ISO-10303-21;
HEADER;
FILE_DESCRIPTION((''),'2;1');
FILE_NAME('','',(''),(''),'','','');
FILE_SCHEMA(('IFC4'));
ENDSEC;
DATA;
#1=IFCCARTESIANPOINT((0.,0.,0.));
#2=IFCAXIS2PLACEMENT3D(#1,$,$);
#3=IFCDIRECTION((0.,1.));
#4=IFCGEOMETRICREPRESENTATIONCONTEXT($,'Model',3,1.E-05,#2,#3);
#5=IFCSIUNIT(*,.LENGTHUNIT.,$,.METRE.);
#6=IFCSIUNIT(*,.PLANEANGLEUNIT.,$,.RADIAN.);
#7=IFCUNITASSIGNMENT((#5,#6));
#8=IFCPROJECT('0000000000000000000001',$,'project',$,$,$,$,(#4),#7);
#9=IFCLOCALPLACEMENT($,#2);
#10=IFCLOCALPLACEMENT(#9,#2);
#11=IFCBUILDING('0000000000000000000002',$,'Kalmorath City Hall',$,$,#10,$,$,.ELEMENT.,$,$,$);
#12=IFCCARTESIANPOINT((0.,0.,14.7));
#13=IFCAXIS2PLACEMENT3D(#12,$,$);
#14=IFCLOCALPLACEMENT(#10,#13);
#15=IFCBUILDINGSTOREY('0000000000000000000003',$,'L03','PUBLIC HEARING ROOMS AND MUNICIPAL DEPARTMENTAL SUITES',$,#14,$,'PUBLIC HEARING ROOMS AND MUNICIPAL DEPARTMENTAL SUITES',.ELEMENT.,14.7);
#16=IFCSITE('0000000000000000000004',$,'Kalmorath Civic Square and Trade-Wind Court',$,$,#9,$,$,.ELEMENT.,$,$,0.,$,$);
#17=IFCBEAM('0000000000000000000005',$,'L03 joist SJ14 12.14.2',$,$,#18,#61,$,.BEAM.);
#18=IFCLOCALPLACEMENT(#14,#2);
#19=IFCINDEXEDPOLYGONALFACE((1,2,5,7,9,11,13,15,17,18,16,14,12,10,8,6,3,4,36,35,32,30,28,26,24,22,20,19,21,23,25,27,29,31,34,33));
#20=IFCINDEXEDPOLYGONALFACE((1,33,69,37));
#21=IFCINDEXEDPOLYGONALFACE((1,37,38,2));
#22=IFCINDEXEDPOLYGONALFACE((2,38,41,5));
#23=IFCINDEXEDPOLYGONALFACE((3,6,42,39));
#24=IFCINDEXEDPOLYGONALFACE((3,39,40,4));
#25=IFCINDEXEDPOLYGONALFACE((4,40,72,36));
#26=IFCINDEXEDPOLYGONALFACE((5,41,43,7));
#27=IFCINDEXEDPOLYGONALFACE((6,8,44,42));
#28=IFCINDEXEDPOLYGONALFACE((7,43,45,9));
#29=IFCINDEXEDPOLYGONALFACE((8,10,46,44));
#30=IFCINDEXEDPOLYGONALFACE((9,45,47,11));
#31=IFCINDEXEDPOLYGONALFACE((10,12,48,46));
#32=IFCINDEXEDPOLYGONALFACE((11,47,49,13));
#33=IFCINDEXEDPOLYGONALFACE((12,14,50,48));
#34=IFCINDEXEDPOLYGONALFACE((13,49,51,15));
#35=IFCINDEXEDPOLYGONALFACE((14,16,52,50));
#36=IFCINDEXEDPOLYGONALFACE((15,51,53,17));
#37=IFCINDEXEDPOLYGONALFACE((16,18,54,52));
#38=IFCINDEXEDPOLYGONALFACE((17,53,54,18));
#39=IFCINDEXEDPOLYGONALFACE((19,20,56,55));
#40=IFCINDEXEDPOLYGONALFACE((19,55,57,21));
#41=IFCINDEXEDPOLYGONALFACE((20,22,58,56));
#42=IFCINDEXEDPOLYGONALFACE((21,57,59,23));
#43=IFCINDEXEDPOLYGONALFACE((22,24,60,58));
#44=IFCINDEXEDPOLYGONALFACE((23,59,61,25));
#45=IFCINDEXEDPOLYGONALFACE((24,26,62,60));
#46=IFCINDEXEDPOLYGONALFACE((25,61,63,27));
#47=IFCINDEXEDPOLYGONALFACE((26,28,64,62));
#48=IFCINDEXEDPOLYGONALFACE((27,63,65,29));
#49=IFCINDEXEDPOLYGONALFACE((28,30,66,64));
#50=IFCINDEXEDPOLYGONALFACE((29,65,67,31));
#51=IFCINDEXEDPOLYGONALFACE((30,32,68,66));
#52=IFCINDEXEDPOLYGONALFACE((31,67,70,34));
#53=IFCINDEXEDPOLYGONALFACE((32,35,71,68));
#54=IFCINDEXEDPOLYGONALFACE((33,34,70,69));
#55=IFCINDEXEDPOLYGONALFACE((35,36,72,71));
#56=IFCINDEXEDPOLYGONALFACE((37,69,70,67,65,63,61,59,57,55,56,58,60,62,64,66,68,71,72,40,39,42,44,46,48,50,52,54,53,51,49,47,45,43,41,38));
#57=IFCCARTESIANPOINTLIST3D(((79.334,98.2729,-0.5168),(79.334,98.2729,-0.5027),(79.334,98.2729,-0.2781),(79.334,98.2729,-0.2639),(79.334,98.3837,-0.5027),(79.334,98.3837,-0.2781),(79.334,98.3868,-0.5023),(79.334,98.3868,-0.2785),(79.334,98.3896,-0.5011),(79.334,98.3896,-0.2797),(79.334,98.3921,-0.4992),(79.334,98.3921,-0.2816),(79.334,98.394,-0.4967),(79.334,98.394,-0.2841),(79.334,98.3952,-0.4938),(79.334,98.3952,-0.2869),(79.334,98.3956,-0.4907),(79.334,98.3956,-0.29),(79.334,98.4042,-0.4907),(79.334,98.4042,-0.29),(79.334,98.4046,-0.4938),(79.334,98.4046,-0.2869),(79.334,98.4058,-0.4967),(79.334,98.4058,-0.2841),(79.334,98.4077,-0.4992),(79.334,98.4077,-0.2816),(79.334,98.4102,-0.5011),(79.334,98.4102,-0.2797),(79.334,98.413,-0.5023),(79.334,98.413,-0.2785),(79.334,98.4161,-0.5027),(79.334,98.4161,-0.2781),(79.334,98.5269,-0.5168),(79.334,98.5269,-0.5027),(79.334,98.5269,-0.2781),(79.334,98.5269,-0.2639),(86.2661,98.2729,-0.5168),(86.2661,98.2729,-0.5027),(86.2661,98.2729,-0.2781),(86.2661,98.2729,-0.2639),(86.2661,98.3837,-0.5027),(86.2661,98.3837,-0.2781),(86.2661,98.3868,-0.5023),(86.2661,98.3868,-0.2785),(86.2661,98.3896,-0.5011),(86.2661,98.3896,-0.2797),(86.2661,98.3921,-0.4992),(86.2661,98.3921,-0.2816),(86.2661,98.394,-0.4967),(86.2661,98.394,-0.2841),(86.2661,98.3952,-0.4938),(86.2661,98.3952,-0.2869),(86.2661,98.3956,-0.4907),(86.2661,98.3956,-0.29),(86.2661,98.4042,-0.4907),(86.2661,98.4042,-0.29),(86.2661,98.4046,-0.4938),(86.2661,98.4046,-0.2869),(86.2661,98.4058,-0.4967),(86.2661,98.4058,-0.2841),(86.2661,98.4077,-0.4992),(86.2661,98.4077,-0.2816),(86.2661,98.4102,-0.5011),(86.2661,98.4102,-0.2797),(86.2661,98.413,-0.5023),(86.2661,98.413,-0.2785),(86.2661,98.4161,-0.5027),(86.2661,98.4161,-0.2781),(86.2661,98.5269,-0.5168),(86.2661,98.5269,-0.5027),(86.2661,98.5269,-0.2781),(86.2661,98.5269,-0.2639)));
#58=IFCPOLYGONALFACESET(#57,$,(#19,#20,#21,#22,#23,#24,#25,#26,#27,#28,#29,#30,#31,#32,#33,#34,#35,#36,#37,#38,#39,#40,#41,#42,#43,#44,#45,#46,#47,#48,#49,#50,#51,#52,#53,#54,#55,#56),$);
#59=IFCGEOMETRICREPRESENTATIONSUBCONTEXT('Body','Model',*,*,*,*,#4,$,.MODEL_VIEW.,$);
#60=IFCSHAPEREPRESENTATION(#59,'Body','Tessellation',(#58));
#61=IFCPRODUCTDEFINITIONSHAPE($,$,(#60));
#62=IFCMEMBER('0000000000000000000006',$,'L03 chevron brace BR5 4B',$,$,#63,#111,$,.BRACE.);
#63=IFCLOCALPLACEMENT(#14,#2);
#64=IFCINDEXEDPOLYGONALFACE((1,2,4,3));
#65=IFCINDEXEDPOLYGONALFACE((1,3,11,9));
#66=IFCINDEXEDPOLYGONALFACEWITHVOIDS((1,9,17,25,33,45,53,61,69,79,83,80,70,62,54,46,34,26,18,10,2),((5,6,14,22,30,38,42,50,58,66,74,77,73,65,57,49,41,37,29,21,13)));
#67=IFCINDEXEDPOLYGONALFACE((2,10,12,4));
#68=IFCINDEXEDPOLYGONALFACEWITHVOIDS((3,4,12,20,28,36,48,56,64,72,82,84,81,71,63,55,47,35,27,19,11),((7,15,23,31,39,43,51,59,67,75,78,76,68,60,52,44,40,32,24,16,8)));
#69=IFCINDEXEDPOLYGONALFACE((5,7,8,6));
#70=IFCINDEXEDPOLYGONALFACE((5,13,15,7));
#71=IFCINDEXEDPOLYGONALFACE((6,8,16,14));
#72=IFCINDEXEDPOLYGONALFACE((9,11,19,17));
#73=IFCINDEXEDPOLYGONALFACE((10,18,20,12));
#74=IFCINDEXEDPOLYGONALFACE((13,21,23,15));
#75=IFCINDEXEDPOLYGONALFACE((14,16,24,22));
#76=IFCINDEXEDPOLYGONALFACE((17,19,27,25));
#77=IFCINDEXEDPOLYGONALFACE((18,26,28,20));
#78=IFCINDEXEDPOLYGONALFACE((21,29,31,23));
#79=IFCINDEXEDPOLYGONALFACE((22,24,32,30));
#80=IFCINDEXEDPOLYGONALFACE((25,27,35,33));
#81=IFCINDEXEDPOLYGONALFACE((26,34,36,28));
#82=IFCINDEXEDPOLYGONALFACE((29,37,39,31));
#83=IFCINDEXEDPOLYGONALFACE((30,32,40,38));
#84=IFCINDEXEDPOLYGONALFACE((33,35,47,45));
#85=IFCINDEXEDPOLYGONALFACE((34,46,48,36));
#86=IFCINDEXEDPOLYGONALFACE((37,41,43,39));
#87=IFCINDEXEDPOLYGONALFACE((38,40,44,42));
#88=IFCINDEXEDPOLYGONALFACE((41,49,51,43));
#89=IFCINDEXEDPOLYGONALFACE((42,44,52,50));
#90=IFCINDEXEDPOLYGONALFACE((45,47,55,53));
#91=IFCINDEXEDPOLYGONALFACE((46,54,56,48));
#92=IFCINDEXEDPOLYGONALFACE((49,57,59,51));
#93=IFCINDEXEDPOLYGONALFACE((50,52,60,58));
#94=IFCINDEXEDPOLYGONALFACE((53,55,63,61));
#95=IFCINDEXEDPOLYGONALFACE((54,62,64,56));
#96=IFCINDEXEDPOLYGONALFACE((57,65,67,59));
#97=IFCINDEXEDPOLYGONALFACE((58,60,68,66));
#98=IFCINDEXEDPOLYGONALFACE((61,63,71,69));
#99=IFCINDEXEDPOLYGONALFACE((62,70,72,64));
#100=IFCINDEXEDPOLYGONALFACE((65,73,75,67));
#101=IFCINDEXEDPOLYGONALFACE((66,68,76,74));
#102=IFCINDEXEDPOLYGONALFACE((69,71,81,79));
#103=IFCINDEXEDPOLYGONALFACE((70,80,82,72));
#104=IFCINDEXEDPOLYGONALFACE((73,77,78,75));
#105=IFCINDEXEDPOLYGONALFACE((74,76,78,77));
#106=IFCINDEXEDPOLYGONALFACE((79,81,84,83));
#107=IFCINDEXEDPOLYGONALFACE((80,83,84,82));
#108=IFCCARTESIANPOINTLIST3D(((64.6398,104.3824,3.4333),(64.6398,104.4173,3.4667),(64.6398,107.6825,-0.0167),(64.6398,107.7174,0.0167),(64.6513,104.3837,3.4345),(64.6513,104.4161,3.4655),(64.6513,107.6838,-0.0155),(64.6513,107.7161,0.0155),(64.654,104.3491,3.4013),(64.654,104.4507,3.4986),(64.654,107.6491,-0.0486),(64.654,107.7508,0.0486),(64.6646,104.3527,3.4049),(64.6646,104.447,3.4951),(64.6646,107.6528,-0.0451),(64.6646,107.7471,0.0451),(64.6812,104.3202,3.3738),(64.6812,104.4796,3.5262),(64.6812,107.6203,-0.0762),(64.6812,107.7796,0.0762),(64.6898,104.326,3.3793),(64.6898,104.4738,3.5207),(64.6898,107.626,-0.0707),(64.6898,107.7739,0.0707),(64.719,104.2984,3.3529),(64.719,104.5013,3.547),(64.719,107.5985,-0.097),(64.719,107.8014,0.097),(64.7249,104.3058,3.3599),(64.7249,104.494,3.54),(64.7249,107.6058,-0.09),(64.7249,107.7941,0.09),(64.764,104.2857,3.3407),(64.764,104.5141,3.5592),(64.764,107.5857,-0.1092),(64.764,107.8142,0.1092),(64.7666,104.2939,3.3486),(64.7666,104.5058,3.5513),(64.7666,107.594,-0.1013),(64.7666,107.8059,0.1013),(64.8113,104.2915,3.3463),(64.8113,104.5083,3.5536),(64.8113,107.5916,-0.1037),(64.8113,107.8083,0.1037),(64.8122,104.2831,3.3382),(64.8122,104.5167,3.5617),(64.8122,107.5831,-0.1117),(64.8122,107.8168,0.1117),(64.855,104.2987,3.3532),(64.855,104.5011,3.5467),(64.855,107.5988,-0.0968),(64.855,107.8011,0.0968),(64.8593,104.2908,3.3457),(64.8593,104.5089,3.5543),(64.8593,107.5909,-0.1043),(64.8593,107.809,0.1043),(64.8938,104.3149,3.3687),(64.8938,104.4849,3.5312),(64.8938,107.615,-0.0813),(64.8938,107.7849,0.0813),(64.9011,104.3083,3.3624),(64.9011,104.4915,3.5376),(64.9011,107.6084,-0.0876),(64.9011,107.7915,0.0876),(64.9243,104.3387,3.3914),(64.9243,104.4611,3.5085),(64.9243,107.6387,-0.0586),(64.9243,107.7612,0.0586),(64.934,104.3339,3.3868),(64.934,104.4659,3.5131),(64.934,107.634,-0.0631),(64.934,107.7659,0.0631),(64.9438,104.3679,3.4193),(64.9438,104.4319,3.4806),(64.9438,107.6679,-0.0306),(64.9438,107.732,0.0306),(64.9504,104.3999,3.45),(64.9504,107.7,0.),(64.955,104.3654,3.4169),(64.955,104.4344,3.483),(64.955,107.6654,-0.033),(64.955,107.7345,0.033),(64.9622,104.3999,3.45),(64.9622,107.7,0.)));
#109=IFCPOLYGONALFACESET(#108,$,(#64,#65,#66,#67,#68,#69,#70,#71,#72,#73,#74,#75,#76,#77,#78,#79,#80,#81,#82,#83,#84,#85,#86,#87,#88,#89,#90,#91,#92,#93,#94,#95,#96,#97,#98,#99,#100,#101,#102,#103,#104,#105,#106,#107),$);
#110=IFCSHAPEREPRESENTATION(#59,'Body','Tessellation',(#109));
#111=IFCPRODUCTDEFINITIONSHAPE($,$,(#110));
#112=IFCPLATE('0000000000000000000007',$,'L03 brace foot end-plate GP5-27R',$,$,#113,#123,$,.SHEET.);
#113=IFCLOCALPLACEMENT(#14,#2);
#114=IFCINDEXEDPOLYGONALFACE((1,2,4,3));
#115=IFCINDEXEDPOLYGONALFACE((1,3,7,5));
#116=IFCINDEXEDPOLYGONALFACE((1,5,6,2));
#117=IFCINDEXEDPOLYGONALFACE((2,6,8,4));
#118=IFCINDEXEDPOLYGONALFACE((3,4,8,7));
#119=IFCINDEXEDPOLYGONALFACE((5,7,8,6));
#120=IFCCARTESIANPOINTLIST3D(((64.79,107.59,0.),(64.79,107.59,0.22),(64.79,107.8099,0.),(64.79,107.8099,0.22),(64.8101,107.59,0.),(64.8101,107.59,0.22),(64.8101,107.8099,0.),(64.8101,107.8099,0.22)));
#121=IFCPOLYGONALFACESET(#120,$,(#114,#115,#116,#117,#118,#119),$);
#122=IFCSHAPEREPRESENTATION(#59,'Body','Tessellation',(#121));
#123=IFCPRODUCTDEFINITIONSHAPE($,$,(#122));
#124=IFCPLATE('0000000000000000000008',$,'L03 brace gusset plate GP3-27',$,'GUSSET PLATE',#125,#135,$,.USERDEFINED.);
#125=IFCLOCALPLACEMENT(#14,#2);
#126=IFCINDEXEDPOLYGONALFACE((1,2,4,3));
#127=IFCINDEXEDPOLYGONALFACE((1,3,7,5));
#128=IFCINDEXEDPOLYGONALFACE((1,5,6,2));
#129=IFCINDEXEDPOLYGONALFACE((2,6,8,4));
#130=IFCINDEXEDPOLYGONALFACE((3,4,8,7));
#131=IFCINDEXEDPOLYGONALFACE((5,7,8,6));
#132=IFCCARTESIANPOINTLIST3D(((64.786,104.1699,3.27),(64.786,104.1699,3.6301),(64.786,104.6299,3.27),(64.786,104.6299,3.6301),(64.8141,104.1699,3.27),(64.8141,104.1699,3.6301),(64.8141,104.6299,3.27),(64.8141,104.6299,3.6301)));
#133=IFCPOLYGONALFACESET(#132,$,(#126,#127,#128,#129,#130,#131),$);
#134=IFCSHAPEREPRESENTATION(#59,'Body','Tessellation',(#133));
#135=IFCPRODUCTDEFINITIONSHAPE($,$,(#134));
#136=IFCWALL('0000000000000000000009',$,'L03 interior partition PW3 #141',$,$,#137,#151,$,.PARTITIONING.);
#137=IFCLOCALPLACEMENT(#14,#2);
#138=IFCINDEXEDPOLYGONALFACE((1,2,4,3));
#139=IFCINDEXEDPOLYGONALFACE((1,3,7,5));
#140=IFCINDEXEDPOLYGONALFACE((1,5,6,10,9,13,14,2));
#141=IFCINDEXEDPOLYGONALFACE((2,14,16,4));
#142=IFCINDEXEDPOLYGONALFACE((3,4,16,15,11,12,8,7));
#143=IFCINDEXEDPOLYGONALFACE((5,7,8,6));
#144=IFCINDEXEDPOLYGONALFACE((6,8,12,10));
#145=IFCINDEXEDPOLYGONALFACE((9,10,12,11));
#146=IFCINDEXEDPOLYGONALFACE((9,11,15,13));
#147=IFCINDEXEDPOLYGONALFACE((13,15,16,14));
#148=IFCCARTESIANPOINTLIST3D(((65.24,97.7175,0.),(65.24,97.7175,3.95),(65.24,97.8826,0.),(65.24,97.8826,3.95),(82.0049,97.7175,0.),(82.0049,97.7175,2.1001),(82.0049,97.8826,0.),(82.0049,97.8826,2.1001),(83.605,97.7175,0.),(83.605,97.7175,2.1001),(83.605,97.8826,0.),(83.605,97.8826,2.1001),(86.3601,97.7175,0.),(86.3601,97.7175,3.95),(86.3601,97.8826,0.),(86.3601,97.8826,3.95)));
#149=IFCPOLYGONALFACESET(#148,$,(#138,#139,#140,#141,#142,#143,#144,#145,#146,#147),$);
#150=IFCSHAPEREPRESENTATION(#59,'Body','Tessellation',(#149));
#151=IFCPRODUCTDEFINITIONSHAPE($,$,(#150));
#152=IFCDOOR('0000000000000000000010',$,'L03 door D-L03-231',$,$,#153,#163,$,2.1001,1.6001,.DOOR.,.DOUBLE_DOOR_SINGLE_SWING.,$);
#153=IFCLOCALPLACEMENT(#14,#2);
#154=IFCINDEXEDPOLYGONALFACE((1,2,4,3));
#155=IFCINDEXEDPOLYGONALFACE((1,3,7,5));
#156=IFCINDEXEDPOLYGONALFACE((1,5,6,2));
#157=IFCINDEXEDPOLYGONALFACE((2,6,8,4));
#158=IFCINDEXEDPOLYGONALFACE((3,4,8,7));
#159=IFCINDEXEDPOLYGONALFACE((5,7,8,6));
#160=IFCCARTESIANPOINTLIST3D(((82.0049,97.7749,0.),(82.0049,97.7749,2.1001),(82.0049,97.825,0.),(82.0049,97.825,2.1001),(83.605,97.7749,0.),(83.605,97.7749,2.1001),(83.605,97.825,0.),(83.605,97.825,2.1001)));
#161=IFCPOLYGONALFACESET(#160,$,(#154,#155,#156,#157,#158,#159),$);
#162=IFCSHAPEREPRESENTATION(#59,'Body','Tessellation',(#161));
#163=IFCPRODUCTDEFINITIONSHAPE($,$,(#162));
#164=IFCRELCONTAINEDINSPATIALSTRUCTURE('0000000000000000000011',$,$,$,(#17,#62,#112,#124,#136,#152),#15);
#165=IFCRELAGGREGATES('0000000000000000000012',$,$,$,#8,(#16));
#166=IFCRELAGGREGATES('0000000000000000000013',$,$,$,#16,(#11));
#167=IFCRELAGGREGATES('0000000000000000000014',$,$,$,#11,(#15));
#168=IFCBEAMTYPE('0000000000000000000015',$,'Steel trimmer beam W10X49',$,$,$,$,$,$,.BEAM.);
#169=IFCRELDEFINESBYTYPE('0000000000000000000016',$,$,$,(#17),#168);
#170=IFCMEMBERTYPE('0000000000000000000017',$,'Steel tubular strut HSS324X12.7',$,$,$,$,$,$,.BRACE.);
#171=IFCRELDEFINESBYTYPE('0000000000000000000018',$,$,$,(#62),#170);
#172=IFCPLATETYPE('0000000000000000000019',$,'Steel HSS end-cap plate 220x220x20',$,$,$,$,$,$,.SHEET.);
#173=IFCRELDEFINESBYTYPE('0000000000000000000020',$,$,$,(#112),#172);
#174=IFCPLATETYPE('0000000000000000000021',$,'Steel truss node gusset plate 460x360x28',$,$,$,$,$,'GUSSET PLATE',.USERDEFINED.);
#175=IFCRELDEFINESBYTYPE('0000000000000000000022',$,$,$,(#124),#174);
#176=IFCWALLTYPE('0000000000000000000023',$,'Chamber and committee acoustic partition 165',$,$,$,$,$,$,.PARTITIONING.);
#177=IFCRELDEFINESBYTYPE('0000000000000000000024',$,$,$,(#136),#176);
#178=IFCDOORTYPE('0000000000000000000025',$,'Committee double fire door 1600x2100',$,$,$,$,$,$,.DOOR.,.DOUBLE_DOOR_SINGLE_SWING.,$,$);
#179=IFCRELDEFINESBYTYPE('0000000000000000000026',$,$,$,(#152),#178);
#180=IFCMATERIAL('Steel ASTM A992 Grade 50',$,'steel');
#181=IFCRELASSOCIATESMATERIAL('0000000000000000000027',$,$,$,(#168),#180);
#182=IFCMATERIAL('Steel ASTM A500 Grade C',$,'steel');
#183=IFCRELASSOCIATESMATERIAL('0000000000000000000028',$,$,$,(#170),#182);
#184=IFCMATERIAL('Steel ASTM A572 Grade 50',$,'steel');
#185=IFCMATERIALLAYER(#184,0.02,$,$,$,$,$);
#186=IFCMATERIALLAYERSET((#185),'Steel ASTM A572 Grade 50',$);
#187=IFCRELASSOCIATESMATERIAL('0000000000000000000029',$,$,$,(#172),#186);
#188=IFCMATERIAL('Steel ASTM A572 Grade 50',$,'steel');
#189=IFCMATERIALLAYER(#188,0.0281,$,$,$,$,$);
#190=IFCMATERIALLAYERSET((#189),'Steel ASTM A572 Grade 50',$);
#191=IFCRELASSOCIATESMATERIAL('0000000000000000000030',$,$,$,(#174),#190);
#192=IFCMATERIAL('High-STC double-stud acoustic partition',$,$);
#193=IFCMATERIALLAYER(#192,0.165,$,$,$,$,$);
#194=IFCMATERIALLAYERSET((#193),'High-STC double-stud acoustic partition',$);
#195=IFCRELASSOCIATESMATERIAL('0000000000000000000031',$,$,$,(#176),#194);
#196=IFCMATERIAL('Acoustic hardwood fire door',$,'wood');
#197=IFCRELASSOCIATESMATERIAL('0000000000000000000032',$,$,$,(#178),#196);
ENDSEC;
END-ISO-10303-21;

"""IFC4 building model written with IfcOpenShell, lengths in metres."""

from ifc_helpers import new_model, si_unit, direction, frame, frame_2d, origin, origin_2d, place, context, subcontext, project, spatial, rectangle, hollow_circle, i_section, extrude, material, layer, layer_set, material_profile, profile_set, type_object, element, fill, save


model = new_model("IFC4")

# Units and contexts
model_context = context("Model", 3, precision=1e-05, world=origin(), true_north=direction((0.0, 1.0)))
body_context = subcontext(model_context, "Body", "Model", "MODEL_VIEW")
ifc_project = project(units=[si_unit("LENGTHUNIT", "METRE"), si_unit("PLANEANGLEUNIT", "RADIAN")], contexts=[model_context])

# Site, building, storey
site_placement = place(None, origin())
site = spatial("IfcSite", under=ifc_project, at=site_placement, Name="Kalmorath Civic Square and Trade-Wind Court", CompositionType="ELEMENT", RefElevation=0.0)
building_placement = place(site_placement, origin())
building = spatial("IfcBuilding", under=site, at=building_placement, Name="Kalmorath City Hall", CompositionType="ELEMENT")
storey_placement = place(building_placement, frame((0.0, 0.0, 14.7)))
storey = spatial("IfcBuildingStorey", under=building, at=storey_placement, Name="L03", Description="PUBLIC HEARING ROOMS AND MUNICIPAL DEPARTMENTAL SUITES", LongName="PUBLIC HEARING ROOMS AND MUNICIPAL DEPARTMENTAL SUITES", CompositionType="ELEMENT", Elevation=14.7)

# Beam
ifc_material_1 = material(Name="Steel ASTM A992 Grade 50", Category="steel")
ifc_material_profile_1 = material_profile(ifc_material_1, i_section(OverallWidth=0.2539, OverallDepth=0.2529, WebThickness=0.0085, FlangeThickness=0.0142, FilletRadius=0.012, at=origin_2d()), Name="W10X49")
ifc_profile_set_1 = profile_set([ifc_material_profile_1], Name="Steel ASTM A992 Grade 50")
beam_type_1 = type_object("IfcBeamType", Name="Steel trimmer beam W10X49", PredefinedType="BEAM", material=ifc_profile_set_1)
for number, where, z_axis, x_axis, name in (
    (1, (79.334, 98.3999, -0.3904), (1.0, 0.0, 0.0), (0.0, 1.0, 0.0), "L03 joist SJ14 12.14.2"),
):
    element("IfcBeam", number, at=place(storey_placement, frame(where, z_axis=z_axis, x_axis=x_axis)), inside=storey, type_object=beam_type_1, Name=name, PredefinedType="BEAM", context=body_context, shape_type="SweptSolid", body=[
        extrude(i_section(OverallWidth=0.2539, OverallDepth=0.2529, WebThickness=0.0085, FlangeThickness=0.0142, FilletRadius=0.012, at=origin_2d()), origin(), (0.0, 0.0, 1.0), 6.9321),
    ])

# Member
ifc_material_2 = material(Name="Steel ASTM A500 Grade C", Category="steel")
ifc_material_profile_2 = material_profile(ifc_material_2, hollow_circle(Radius=0.1621, WallThickness=0.0117, at=origin_2d()), Name="HSS324X12.7")
ifc_profile_set_2 = profile_set([ifc_material_profile_2], Name="Steel ASTM A500 Grade C")
member_type = type_object("IfcMemberType", Name="Steel tubular strut HSS324X12.7", PredefinedType="BRACE", material=ifc_profile_set_2)
member_placement = place(storey_placement, frame((64.8, 107.7, 0.0), z_axis=(0.0, -0.691233, 0.722632), x_axis=(1.0, 0.0, 0.0)))
element("IfcMember", 2, at=member_placement, inside=storey, type_object=member_type, Name="L03 chevron brace BR5 4B", PredefinedType="BRACE", context=body_context, shape_type="SweptSolid", body=[
    extrude(hollow_circle(Radius=0.1621, WallThickness=0.0117, at=origin_2d()), origin(), (0.0, 0.0, 1.0), 4.7742),
])

# Plates
ifc_material_3 = material(Name="Steel ASTM A572 Grade 50", Category="steel")
ifc_layer_1 = layer(ifc_material_3, 0.02)
ifc_layer_set_1 = layer_set([ifc_layer_1], Name="Steel ASTM A572 Grade 50")
plate_type_1 = type_object("IfcPlateType", Name="Steel HSS end-cap plate 220x220x20", PredefinedType="SHEET", material=ifc_layer_set_1)
plate_1_placement = place(storey_placement, frame((64.8, 107.7, 0.0), z_axis=(0.0, 0.0, 1.0), x_axis=(0.0, 1.0, 0.0)))
element("IfcPlate", 3, at=plate_1_placement, inside=storey, type_object=plate_type_1, Name="L03 brace foot end-plate GP5-27R", PredefinedType="SHEET", context=body_context, shape_type="SweptSolid", body=[
    extrude(rectangle(XDim=0.22, YDim=0.02, at=origin_2d()), origin(), (0.0, 0.0, 1.0), 0.22),
])
ifc_material_4 = material(Name="Steel ASTM A572 Grade 50", Category="steel")
ifc_layer_2 = layer(ifc_material_4, 0.0281)
ifc_layer_set_2 = layer_set([ifc_layer_2], Name="Steel ASTM A572 Grade 50")
plate_type_2 = type_object("IfcPlateType", Name="Steel truss node gusset plate 460x360x28", ElementType="GUSSET PLATE", PredefinedType="USERDEFINED", material=ifc_layer_set_2)
plate_2_placement = place(storey_placement, frame((64.8, 104.3999, 3.27), z_axis=(0.0, 0.0, 1.0), x_axis=(0.0, 1.0, 0.0)))
element("IfcPlate", 4, at=plate_2_placement, inside=storey, type_object=plate_type_2, Name="L03 brace gusset plate GP3-27", ObjectType="GUSSET PLATE", PredefinedType="USERDEFINED", context=body_context, shape_type="SweptSolid", body=[
    extrude(rectangle(XDim=0.46, YDim=0.0281, at=origin_2d()), origin(), (0.0, 0.0, 1.0), 0.3601),
])

# Wall, opening, door
ifc_material_5 = material(Name="High-STC double-stud acoustic partition")
ifc_layer_3 = layer(ifc_material_5, 0.165)
ifc_layer_set_3 = layer_set([ifc_layer_3], Name="High-STC double-stud acoustic partition")
wall_type = type_object("IfcWallType", Name="Chamber and committee acoustic partition 165", PredefinedType="PARTITIONING", material=ifc_layer_set_3)
wall_placement = place(storey_placement, frame((65.24, 97.8, 0.0), z_axis=(0.0, 0.0, 1.0), x_axis=(1.0, 0.0, 0.0)))
wall = element("IfcWall", 5, at=wall_placement, inside=storey, type_object=wall_type, Name="L03 interior partition PW3 #141", PredefinedType="PARTITIONING", context=body_context, shape_type="SweptSolid", body=[
    extrude(rectangle(XDim=21.1201, YDim=0.165, at=frame_2d((10.5601, 0.0))), origin(), (0.0, 0.0, 1.0), 3.95),
])
opening_placement = place(wall_placement, frame((16.7649, 0.0, 0.0)))
opening = element("IfcOpeningElement", 6, at=opening_placement, cuts=wall, PredefinedType="OPENING", context=body_context, shape_type="SweptSolid", body=[
    extrude(rectangle(XDim=1.6001, YDim=2.1001, at=frame_2d((0.8, 1.05))), frame((0.0, 0.0925, 0.0), z_axis=(0.0, -1.0, 0.0), x_axis=(1.0, 0.0, 0.0)), (0.0, 0.0, 1.0), 0.1851),
])
ifc_material_6 = material(Name="Acoustic hardwood fire door", Category="wood")
door_type = type_object("IfcDoorType", Name="Committee double fire door 1600x2100", OperationType="DOUBLE_DOOR_SINGLE_SWING", PredefinedType="DOOR", material=ifc_material_6)
door_placement = place(opening_placement, origin())
door = element("IfcDoor", 7, at=door_placement, inside=storey, type_object=door_type, Name="L03 door D-L03-231", OperationType="DOUBLE_DOOR_SINGLE_SWING", OverallHeight=2.1001, OverallWidth=1.6001, PredefinedType="DOOR", context=body_context, shape_type="SweptSolid", body=[
    extrude(rectangle(XDim=1.6001, YDim=2.1001, at=frame_2d((0.8, 1.05))), frame((0.0, 0.0249, 0.0), z_axis=(0.0, -1.0, 0.0), x_axis=(1.0, 0.0, 0.0)), (0.0, 0.0, 1.0), 0.05),
])
fill(opening, door)

save(model, "model.ifc")
